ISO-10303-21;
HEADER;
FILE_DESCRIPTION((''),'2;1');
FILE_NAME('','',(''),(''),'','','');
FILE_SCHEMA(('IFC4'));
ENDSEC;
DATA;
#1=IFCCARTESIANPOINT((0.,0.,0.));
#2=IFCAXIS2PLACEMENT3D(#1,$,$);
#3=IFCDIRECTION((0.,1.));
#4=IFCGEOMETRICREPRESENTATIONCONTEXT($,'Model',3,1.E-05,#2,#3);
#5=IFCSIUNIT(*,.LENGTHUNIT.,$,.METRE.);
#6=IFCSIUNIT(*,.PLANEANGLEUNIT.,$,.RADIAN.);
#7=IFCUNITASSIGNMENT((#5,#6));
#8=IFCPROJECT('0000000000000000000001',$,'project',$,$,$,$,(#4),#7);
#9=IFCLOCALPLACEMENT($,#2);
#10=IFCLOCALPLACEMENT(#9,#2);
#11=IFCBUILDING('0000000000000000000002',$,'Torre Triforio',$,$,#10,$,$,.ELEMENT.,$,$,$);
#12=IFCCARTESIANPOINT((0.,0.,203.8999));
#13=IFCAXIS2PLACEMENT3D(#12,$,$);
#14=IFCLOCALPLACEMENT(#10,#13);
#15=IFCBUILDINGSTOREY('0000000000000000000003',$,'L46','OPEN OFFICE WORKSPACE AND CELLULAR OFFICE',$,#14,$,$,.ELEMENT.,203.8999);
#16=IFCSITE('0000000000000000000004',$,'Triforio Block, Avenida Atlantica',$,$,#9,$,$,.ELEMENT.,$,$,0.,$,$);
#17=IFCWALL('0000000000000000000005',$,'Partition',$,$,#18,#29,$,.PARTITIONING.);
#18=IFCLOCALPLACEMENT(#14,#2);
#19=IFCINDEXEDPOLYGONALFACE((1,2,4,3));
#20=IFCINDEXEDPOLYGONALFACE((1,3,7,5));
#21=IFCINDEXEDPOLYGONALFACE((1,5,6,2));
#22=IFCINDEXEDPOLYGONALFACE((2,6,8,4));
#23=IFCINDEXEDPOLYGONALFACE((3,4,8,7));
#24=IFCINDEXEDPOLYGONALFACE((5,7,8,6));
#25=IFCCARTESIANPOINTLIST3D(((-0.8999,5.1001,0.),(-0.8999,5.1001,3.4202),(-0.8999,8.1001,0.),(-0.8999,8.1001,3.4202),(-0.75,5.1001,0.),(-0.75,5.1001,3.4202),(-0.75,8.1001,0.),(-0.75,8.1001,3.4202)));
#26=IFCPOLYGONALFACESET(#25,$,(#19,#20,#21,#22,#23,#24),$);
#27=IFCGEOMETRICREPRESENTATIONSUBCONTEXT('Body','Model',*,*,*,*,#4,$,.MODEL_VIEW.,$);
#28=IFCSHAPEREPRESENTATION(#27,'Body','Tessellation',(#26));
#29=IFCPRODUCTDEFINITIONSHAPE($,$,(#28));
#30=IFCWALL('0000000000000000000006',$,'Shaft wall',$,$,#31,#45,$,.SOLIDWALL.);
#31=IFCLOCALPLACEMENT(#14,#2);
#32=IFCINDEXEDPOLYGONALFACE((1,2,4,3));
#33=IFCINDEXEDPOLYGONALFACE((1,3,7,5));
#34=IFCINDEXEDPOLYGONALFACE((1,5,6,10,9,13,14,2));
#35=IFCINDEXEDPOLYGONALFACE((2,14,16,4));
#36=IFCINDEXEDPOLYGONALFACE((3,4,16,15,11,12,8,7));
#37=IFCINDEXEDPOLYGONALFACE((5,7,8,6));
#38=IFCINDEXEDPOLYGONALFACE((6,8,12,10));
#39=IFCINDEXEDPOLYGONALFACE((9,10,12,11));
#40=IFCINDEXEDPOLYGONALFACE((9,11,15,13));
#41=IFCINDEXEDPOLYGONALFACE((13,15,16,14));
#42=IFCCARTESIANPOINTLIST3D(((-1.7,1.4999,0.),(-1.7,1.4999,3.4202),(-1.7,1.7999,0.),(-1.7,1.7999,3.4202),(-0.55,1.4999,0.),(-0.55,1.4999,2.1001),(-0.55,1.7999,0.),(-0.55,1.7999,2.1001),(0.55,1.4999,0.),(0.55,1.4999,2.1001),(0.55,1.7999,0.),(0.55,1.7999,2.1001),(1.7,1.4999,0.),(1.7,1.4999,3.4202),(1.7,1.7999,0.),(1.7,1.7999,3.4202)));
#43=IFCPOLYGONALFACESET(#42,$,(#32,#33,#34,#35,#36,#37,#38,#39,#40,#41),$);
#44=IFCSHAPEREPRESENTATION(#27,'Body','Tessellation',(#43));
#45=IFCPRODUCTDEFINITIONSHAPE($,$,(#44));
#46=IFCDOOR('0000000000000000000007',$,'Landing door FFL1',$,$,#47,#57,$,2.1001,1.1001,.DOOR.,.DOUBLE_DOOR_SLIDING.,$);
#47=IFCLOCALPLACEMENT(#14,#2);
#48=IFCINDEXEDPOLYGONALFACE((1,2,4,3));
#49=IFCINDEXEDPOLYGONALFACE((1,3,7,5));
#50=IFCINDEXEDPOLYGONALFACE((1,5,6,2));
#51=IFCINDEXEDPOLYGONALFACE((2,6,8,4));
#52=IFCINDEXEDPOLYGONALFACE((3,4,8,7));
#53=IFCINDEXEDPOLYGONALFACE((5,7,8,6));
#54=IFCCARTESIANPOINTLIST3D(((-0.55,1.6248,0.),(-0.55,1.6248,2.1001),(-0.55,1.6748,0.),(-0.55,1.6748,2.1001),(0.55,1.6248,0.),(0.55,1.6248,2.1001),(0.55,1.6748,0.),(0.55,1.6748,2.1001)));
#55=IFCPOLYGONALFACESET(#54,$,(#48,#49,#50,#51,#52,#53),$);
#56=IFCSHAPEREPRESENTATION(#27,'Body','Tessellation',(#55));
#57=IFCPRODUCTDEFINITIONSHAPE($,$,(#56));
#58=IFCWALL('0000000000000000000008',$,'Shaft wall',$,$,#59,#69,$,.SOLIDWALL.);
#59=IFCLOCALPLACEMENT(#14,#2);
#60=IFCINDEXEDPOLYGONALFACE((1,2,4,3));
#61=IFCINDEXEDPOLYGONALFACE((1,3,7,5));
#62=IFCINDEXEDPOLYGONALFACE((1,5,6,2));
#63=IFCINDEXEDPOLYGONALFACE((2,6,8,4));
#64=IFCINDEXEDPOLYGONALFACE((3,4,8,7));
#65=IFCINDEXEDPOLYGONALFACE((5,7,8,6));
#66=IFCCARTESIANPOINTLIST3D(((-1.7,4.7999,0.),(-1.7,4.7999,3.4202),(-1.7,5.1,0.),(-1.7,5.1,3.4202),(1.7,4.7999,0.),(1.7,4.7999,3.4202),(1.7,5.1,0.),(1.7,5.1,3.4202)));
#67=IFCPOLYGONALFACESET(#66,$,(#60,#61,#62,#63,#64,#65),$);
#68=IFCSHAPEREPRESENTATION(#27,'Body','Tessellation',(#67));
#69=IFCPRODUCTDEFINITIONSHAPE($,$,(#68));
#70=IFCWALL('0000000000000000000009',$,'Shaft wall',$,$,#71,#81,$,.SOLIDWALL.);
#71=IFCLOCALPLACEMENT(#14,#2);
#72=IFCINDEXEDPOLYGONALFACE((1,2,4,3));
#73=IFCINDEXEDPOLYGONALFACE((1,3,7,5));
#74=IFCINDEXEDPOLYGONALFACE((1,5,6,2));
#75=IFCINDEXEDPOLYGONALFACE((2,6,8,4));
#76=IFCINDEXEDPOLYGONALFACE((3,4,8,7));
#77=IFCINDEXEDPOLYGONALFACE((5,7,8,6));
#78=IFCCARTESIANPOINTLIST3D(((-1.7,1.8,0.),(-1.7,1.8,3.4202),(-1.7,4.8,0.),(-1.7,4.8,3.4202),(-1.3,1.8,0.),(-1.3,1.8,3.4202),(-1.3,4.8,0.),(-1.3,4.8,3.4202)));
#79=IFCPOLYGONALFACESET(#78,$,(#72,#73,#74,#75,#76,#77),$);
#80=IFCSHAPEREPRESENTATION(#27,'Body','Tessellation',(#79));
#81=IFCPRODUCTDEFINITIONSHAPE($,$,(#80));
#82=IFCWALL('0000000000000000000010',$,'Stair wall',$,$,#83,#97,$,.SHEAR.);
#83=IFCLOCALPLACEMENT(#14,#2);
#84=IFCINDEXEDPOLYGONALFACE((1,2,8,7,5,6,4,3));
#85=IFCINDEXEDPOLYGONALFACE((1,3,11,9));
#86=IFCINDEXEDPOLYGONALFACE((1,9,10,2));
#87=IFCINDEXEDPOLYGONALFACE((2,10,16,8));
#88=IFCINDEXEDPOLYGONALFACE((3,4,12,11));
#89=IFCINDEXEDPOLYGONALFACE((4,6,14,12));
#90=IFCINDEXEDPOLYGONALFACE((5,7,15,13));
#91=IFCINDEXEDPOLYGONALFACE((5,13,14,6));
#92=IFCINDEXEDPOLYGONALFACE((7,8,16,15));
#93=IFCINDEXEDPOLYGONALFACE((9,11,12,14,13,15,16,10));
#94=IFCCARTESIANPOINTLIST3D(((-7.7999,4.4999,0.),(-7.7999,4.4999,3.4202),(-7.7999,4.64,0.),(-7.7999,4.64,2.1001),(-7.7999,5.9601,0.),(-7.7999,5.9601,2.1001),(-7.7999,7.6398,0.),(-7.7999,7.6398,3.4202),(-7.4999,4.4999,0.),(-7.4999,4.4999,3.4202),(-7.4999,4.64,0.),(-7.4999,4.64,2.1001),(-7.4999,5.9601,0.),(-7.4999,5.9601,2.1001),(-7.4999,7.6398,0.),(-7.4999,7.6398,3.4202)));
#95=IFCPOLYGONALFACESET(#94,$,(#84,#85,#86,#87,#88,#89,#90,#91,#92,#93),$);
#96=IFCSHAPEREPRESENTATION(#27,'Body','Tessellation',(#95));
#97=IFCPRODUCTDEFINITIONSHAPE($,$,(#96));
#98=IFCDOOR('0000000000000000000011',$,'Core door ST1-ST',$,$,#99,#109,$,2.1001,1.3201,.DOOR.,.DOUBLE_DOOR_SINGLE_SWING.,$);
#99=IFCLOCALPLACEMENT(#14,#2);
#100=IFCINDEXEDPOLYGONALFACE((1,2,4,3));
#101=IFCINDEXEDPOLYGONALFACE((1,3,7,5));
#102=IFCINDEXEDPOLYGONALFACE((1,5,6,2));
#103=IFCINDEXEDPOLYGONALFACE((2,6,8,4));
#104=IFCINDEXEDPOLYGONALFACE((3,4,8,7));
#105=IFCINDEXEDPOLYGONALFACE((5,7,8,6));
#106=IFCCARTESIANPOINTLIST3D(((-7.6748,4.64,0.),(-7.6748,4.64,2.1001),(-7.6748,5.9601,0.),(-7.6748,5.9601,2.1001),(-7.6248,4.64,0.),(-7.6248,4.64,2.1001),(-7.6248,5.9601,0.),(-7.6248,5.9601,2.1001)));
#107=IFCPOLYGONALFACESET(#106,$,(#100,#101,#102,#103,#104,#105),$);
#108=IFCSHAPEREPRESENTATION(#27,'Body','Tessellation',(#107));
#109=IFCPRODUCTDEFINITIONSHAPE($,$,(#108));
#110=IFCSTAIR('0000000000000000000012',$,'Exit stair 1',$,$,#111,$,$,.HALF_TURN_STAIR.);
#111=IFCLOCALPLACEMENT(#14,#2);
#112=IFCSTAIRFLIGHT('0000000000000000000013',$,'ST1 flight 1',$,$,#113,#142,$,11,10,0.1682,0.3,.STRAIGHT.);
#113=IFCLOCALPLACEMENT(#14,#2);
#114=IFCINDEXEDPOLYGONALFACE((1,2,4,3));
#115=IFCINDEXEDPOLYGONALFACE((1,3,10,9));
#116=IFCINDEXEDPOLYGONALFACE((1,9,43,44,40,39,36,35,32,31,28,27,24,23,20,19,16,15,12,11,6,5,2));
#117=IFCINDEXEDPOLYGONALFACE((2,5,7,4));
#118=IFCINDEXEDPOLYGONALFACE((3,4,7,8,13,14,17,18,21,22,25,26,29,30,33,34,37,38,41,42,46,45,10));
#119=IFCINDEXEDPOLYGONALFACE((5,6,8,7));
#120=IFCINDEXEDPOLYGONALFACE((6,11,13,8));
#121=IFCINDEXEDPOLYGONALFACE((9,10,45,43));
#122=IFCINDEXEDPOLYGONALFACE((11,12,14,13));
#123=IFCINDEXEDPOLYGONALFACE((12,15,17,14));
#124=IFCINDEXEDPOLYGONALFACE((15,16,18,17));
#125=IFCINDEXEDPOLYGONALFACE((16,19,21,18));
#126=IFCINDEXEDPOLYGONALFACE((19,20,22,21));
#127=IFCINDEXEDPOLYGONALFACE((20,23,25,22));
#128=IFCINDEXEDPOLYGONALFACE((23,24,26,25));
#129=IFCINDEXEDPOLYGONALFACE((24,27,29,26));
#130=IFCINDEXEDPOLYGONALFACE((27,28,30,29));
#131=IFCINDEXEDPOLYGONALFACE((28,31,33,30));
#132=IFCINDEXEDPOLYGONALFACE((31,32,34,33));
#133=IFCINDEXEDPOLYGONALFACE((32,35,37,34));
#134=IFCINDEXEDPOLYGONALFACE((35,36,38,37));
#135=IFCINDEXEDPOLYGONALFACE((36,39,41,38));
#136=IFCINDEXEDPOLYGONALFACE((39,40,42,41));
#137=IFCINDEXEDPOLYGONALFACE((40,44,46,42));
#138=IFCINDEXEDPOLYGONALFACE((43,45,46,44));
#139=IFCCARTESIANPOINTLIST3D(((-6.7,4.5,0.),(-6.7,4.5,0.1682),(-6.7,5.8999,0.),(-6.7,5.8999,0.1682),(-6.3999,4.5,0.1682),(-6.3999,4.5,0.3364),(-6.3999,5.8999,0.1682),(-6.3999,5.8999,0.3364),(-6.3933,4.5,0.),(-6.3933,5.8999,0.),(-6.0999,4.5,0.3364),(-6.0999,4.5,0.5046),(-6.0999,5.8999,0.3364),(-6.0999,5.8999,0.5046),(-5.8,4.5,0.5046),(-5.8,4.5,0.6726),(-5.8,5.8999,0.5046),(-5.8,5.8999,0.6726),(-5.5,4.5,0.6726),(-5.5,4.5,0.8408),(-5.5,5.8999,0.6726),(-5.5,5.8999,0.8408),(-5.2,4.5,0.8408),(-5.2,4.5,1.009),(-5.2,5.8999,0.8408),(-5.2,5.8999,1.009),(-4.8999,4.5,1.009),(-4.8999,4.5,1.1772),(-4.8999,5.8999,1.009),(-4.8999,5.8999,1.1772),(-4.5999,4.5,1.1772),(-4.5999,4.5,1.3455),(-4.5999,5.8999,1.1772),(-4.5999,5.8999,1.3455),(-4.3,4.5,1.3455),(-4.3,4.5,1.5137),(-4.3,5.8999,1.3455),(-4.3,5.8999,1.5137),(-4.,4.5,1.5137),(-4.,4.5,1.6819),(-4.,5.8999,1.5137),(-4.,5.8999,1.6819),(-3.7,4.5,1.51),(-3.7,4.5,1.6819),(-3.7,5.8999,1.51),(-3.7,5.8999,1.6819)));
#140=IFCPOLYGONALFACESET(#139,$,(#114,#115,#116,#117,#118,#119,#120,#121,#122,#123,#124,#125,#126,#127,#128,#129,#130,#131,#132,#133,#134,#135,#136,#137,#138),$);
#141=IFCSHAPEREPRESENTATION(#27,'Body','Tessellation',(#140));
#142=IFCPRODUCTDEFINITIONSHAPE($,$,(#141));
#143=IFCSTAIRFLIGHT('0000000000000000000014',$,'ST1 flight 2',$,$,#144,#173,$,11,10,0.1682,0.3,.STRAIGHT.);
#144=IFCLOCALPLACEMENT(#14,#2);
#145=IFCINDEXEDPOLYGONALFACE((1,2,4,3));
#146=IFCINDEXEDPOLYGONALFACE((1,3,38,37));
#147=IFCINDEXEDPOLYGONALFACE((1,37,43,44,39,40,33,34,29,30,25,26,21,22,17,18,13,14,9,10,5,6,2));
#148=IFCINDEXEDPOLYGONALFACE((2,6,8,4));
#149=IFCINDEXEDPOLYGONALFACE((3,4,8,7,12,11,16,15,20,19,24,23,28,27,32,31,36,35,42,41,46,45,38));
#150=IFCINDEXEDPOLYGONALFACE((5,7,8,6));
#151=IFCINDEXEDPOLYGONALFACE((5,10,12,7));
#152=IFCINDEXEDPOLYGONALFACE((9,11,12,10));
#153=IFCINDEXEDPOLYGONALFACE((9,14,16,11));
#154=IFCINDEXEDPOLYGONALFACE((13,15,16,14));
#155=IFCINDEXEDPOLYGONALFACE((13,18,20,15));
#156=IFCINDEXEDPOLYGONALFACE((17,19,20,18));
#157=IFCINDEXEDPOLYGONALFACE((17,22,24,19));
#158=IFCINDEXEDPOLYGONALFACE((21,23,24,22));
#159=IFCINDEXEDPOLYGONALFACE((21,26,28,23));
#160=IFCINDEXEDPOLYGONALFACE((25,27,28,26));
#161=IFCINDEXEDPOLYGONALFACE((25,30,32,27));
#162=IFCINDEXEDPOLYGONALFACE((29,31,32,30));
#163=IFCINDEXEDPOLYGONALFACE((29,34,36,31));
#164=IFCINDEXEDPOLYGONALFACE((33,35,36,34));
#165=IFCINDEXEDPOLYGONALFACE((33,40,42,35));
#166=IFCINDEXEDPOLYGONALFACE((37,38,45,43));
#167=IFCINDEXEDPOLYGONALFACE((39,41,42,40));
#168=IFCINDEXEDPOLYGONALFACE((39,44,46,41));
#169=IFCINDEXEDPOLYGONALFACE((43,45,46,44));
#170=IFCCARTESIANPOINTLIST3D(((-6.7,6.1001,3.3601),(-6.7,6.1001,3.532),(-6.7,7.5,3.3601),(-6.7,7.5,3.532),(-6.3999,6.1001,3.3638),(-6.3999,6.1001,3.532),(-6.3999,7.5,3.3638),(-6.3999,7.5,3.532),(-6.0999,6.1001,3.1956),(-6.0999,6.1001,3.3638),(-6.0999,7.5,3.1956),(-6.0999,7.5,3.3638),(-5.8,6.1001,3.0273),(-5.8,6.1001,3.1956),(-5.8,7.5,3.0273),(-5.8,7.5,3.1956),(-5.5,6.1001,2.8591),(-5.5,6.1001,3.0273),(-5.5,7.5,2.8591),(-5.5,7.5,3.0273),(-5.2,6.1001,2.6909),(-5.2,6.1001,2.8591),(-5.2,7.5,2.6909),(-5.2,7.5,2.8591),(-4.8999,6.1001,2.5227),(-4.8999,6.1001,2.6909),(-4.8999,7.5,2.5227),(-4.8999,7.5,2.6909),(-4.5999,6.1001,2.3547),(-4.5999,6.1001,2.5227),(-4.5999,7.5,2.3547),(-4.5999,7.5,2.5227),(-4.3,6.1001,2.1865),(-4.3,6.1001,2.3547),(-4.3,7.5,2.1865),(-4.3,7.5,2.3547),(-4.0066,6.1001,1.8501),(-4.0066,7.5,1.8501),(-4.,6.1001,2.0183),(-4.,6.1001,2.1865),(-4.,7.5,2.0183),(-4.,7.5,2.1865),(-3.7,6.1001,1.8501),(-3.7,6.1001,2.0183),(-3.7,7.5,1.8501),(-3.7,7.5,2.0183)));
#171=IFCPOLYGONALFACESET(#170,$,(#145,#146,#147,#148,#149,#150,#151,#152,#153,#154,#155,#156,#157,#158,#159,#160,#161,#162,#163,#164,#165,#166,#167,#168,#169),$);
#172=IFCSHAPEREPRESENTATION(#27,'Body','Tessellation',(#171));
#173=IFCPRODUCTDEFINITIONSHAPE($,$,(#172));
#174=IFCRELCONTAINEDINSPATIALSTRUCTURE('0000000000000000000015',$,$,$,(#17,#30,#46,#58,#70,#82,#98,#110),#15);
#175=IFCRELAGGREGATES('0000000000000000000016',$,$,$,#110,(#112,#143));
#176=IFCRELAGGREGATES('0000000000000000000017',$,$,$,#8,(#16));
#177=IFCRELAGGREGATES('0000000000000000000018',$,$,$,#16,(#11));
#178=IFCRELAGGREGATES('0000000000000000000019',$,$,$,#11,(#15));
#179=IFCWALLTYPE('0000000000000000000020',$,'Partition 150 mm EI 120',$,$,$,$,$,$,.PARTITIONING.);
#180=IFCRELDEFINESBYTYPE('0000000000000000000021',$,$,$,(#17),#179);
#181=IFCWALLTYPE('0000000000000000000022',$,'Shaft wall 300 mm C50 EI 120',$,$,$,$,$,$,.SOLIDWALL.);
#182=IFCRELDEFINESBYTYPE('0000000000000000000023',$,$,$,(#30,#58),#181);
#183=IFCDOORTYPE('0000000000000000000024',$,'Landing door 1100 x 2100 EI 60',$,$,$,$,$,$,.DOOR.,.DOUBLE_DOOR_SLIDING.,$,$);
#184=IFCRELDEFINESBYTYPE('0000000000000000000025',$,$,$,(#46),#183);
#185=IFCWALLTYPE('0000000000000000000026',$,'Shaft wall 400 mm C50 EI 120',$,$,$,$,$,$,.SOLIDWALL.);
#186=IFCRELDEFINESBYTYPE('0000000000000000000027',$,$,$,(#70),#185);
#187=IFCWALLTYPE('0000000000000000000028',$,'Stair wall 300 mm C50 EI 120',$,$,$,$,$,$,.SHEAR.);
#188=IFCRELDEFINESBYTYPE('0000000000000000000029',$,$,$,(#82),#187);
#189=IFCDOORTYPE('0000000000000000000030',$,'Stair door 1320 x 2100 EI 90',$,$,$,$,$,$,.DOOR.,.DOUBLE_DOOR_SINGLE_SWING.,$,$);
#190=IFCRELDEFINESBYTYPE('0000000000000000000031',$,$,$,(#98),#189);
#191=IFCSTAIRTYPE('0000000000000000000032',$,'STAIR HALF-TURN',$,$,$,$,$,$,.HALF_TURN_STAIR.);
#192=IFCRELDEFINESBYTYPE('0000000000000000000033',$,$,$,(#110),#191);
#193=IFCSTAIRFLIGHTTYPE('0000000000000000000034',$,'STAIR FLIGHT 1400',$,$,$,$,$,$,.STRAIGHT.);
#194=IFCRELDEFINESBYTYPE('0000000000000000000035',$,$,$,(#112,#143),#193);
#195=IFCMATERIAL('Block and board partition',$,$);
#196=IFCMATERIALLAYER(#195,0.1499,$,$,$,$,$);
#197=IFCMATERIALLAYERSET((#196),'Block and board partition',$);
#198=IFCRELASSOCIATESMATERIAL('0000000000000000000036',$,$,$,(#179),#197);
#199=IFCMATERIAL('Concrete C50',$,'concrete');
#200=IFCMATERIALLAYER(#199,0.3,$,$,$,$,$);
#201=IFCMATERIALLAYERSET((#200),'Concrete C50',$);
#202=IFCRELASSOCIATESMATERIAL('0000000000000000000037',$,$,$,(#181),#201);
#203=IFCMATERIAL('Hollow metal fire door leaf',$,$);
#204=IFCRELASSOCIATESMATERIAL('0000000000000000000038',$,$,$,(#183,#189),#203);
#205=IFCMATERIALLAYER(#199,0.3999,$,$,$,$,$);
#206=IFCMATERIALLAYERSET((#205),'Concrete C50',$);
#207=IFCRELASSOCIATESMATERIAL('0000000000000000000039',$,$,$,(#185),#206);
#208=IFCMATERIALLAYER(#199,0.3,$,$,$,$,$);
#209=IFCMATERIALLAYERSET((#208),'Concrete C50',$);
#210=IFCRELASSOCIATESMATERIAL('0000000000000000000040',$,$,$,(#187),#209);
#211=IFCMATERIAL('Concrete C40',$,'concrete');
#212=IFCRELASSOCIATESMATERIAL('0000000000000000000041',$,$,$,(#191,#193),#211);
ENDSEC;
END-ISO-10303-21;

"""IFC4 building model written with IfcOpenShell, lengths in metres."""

from ifc_helpers import new_model, si_unit, direction, frame, frame_2d, origin, place, context, subcontext, project, spatial, polyline, rectangle, outline, extrude, material, layer, layer_set, type_object, element, fill, aggregate, save


model = new_model("IFC4")

# Units and contexts
model_context = context("Model", 3, precision=1e-05, world=origin(), true_north=direction((0.0, 1.0)))
body_context = subcontext(model_context, "Body", "Model", "MODEL_VIEW")
ifc_project = project(units=[si_unit("LENGTHUNIT", "METRE"), si_unit("PLANEANGLEUNIT", "RADIAN")], contexts=[model_context])

# Site, building, storey
site_placement = place(None, origin())
site = spatial("IfcSite", under=ifc_project, at=site_placement, Name="Triforio Block, Avenida Atlantica", CompositionType="ELEMENT", RefElevation=0.0)
building_placement = place(site_placement, origin())
building = spatial("IfcBuilding", under=site, at=building_placement, Name="Torre Triforio", CompositionType="ELEMENT")
storey_placement = place(building_placement, frame((0.0, 0.0, 203.8999)))
storey = spatial("IfcBuildingStorey", under=building, at=storey_placement, Name="L46", Description="OPEN OFFICE WORKSPACE AND CELLULAR OFFICE", CompositionType="ELEMENT", Elevation=203.8999)

# Shared definitions
ifc_material_1 = material(Name="Concrete C40", Category="concrete")

# Wall
ifc_material_2 = material(Name="Concrete C50", Category="concrete")
ifc_material_3 = material(Name="Block and board partition")
ifc_layer_1 = layer(ifc_material_3, 0.1499)
ifc_layer_set_1 = layer_set([ifc_layer_1], Name="Block and board partition")
wall_type_1 = type_object("IfcWallType", Name="Partition 150 mm EI 120", PredefinedType="PARTITIONING", material=ifc_layer_set_1)
wall_1_placement = place(storey_placement, frame((-0.825, 5.1001, 0.0), z_axis=(0.0, 0.0, 1.0), x_axis=(0.0, 1.0, 0.0)))
element("IfcWall", 1, at=wall_1_placement, inside=storey, type_object=wall_type_1, Name="Partition", PredefinedType="PARTITIONING", context=body_context, shape_type="SweptSolid", body=[
    extrude(rectangle(XDim=3.0, YDim=0.1499, at=frame_2d((1.5, 0.0))), origin(), (0.0, 0.0, 1.0), 3.4202),
])

# Wall, opening, door
ifc_layer_2 = layer(ifc_material_2, 0.3)
ifc_layer_set_2 = layer_set([ifc_layer_2], Name="Concrete C50")
wall_type_2 = type_object("IfcWallType", Name="Shaft wall 300 mm C50 EI 120", PredefinedType="SOLIDWALL", material=ifc_layer_set_2)
wall_2_placement = place(storey_placement, frame((-1.7, 1.6499, 0.0), z_axis=(0.0, 0.0, 1.0), x_axis=(1.0, 0.0, 0.0)))
wall_2 = element("IfcWall", 2, at=wall_2_placement, inside=storey, type_object=wall_type_2, Name="Shaft wall", PredefinedType="SOLIDWALL", context=body_context, shape_type="SweptSolid", body=[
    extrude(rectangle(XDim=3.3999, YDim=0.3, at=frame_2d((1.7, 0.0))), origin(), (0.0, 0.0, 1.0), 3.4202),
])
opening_1_placement = place(wall_2_placement, frame((1.1499, 0.0, 0.0)))
opening_1 = element("IfcOpeningElement", 3, at=opening_1_placement, cuts=wall_2, PredefinedType="OPENING", context=body_context, shape_type="SweptSolid", body=[
    extrude(rectangle(XDim=1.1001, YDim=2.1001, at=frame_2d((0.55, 1.05))), frame((0.0, 0.1599, 0.0), z_axis=(0.0, -1.0, 0.0), x_axis=(1.0, 0.0, 0.0)), (0.0, 0.0, 1.0), 0.3201),
])
ifc_material_4 = material(Name="Hollow metal fire door leaf")
door_type_1 = type_object("IfcDoorType", Name="Landing door 1100 x 2100 EI 60", OperationType="DOUBLE_DOOR_SLIDING", PredefinedType="DOOR", material=ifc_material_4)
door_1_placement = place(opening_1_placement, origin())
door_1 = element("IfcDoor", 4, at=door_1_placement, inside=storey, type_object=door_type_1, Name="Landing door FFL1", OperationType="DOUBLE_DOOR_SLIDING", OverallHeight=2.1001, OverallWidth=1.1001, PredefinedType="DOOR", context=body_context, shape_type="SweptSolid", body=[
    extrude(rectangle(XDim=1.1001, YDim=2.1001, at=frame_2d((0.55, 1.05))), frame((0.0, 0.0249, 0.0), z_axis=(0.0, -1.0, 0.0), x_axis=(1.0, 0.0, 0.0)), (0.0, 0.0, 1.0), 0.05),
])
fill(opening_1, door_1)

# Walls
wall_3_placement = place(storey_placement, frame((-1.7, 4.95, 0.0), z_axis=(0.0, 0.0, 1.0), x_axis=(1.0, 0.0, 0.0)))
element("IfcWall", 5, at=wall_3_placement, inside=storey, type_object=wall_type_2, Name="Shaft wall", PredefinedType="SOLIDWALL", context=body_context, shape_type="SweptSolid", body=[
    extrude(rectangle(XDim=3.3999, YDim=0.3, at=frame_2d((1.7, 0.0))), origin(), (0.0, 0.0, 1.0), 3.4202),
])
ifc_layer_3 = layer(ifc_material_2, 0.3999)
ifc_layer_set_3 = layer_set([ifc_layer_3], Name="Concrete C50")
wall_type_3 = type_object("IfcWallType", Name="Shaft wall 400 mm C50 EI 120", PredefinedType="SOLIDWALL", material=ifc_layer_set_3)
wall_4_placement = place(storey_placement, frame((-1.5, 1.8, 0.0), z_axis=(0.0, 0.0, 1.0), x_axis=(0.0, 1.0, 0.0)))
element("IfcWall", 6, at=wall_4_placement, inside=storey, type_object=wall_type_3, Name="Shaft wall", PredefinedType="SOLIDWALL", context=body_context, shape_type="SweptSolid", body=[
    extrude(rectangle(XDim=3.0, YDim=0.3999, at=frame_2d((1.5, 0.0))), origin(), (0.0, 0.0, 1.0), 3.4202),
])

# Wall, opening, door
ifc_layer_4 = layer(ifc_material_2, 0.3)
ifc_layer_set_4 = layer_set([ifc_layer_4], Name="Concrete C50")
wall_type_4 = type_object("IfcWallType", Name="Stair wall 300 mm C50 EI 120", PredefinedType="SHEAR", material=ifc_layer_set_4)
wall_5_placement = place(storey_placement, frame((-7.6499, 4.5, 0.0), z_axis=(0.0, 0.0, 1.0), x_axis=(0.0, 1.0, 0.0)))
wall_5 = element("IfcWall", 7, at=wall_5_placement, inside=storey, type_object=wall_type_4, Name="Stair wall", PredefinedType="SHEAR", context=body_context, shape_type="SweptSolid", body=[
    extrude(rectangle(XDim=3.1399, YDim=0.3, at=frame_2d((1.5698, 0.0))), origin(), (0.0, 0.0, 1.0), 3.4202),
])
opening_2_placement = place(wall_5_placement, frame((0.1399, 0.0, 0.0)))
opening_2 = element("IfcOpeningElement", 8, at=opening_2_placement, cuts=wall_5, PredefinedType="OPENING", context=body_context, shape_type="SweptSolid", body=[
    extrude(rectangle(XDim=1.3201, YDim=2.1001, at=frame_2d((0.6602, 1.05))), frame((0.0, 0.1599, 0.0), z_axis=(0.0, -1.0, 0.0), x_axis=(1.0, 0.0, 0.0)), (0.0, 0.0, 1.0), 0.3201),
])
door_type_2 = type_object("IfcDoorType", Name="Stair door 1320 x 2100 EI 90", OperationType="DOUBLE_DOOR_SINGLE_SWING", PredefinedType="DOOR", material=ifc_material_4)
door_2_placement = place(opening_2_placement, origin())
door_2 = element("IfcDoor", 9, at=door_2_placement, inside=storey, type_object=door_type_2, Name="Core door ST1-ST", OperationType="DOUBLE_DOOR_SINGLE_SWING", OverallHeight=2.1001, OverallWidth=1.3201, PredefinedType="DOOR", context=body_context, shape_type="SweptSolid", body=[
    extrude(rectangle(XDim=1.3201, YDim=2.1001, at=frame_2d((0.6602, 1.05))), frame((0.0, 0.0249, 0.0), z_axis=(0.0, -1.0, 0.0), x_axis=(1.0, 0.0, 0.0)), (0.0, 0.0, 1.0), 0.05),
])
fill(opening_2, door_2)

# Stair, stair flights
stair_type = type_object("IfcStairType", Name="STAIR HALF-TURN", PredefinedType="HALF_TURN_STAIR", material=ifc_material_1)
stair_placement = place(storey_placement, origin())
stair = element("IfcStair", 10, at=stair_placement, inside=storey, type_object=stair_type, Name="Exit stair 1", PredefinedType="HALF_TURN_STAIR")
stair_flight_type = type_object("IfcStairFlightType", Name="STAIR FLIGHT 1400", PredefinedType="STRAIGHT", material=ifc_material_1)
stair_flight_1_placement = place(storey_placement, frame((-6.7, 5.2, 0.0), z_axis=(0.0, 0.0, 1.0), x_axis=(1.0, 0.0, 0.0)))
stair_flight_1 = element("IfcStairFlight", 11, at=stair_flight_1_placement, type_object=stair_flight_type, Name="ST1 flight 1", NumberOfRisers=11, NumberOfTreads=10, PredefinedType="STRAIGHT", RiserHeight=0.1682, TreadLength=0.3, context=body_context, shape_type="SweptSolid", body=[
    extrude(outline(polyline([(0.0, 0.0), (0.0, 0.1682), (0.3, 0.1682), (0.3, 0.3364), (0.6001, 0.3364), (0.6001, 0.5046), (0.8999, 0.5046), (0.8999, 0.6726), (1.2, 0.6726), (1.2, 0.8408), (1.5, 0.8408), (1.5, 1.009), (1.8, 1.009), (1.8, 1.1772), (2.1001, 1.1772), (2.1001, 1.3455), (2.3999, 1.3455), (2.3999, 1.5137), (2.7, 1.5137), (2.7, 1.6819), (3.0, 1.6819), (3.0, 1.8501), (3.0, 1.51), (0.3066, 0.0), (0.0, 0.0)])), frame((0.0, 0.7, 0.0), z_axis=(0.0, -1.0, 0.0), x_axis=(1.0, 0.0, 0.0)), (0.0, 0.0, 1.0), 1.3999),
])
stair_flight_2_placement = place(storey_placement, frame((-3.7, 6.8, 1.8501), z_axis=(0.0, 0.0, 1.0), x_axis=(-1.0, 0.0, 0.0)))
stair_flight_2 = element("IfcStairFlight", 12, at=stair_flight_2_placement, type_object=stair_flight_type, Name="ST1 flight 2", NumberOfRisers=11, NumberOfTreads=10, PredefinedType="STRAIGHT", RiserHeight=0.1682, TreadLength=0.3, context=body_context, shape_type="SweptSolid", body=[
    extrude(outline(polyline([(0.0, 0.0), (0.0, 0.1682), (0.3, 0.1682), (0.3, 0.3364), (0.6001, 0.3364), (0.6001, 0.5046), (0.8999, 0.5046), (0.8999, 0.6726), (1.2, 0.6726), (1.2, 0.8408), (1.5, 0.8408), (1.5, 1.009), (1.8, 1.009), (1.8, 1.1772), (2.1001, 1.1772), (2.1001, 1.3455), (2.3999, 1.3455), (2.3999, 1.5137), (2.7, 1.5137), (2.7, 1.6819), (3.0, 1.6819), (3.0, 1.8501), (3.0, 1.51), (0.3066, 0.0), (0.0, 0.0)])), frame((0.0, 0.7, 0.0), z_axis=(0.0, -1.0, 0.0), x_axis=(1.0, 0.0, 0.0)), (0.0, 0.0, 1.0), 1.3999),
])
aggregate(stair, [stair_flight_1, stair_flight_2])

save(model, "model.ifc")
